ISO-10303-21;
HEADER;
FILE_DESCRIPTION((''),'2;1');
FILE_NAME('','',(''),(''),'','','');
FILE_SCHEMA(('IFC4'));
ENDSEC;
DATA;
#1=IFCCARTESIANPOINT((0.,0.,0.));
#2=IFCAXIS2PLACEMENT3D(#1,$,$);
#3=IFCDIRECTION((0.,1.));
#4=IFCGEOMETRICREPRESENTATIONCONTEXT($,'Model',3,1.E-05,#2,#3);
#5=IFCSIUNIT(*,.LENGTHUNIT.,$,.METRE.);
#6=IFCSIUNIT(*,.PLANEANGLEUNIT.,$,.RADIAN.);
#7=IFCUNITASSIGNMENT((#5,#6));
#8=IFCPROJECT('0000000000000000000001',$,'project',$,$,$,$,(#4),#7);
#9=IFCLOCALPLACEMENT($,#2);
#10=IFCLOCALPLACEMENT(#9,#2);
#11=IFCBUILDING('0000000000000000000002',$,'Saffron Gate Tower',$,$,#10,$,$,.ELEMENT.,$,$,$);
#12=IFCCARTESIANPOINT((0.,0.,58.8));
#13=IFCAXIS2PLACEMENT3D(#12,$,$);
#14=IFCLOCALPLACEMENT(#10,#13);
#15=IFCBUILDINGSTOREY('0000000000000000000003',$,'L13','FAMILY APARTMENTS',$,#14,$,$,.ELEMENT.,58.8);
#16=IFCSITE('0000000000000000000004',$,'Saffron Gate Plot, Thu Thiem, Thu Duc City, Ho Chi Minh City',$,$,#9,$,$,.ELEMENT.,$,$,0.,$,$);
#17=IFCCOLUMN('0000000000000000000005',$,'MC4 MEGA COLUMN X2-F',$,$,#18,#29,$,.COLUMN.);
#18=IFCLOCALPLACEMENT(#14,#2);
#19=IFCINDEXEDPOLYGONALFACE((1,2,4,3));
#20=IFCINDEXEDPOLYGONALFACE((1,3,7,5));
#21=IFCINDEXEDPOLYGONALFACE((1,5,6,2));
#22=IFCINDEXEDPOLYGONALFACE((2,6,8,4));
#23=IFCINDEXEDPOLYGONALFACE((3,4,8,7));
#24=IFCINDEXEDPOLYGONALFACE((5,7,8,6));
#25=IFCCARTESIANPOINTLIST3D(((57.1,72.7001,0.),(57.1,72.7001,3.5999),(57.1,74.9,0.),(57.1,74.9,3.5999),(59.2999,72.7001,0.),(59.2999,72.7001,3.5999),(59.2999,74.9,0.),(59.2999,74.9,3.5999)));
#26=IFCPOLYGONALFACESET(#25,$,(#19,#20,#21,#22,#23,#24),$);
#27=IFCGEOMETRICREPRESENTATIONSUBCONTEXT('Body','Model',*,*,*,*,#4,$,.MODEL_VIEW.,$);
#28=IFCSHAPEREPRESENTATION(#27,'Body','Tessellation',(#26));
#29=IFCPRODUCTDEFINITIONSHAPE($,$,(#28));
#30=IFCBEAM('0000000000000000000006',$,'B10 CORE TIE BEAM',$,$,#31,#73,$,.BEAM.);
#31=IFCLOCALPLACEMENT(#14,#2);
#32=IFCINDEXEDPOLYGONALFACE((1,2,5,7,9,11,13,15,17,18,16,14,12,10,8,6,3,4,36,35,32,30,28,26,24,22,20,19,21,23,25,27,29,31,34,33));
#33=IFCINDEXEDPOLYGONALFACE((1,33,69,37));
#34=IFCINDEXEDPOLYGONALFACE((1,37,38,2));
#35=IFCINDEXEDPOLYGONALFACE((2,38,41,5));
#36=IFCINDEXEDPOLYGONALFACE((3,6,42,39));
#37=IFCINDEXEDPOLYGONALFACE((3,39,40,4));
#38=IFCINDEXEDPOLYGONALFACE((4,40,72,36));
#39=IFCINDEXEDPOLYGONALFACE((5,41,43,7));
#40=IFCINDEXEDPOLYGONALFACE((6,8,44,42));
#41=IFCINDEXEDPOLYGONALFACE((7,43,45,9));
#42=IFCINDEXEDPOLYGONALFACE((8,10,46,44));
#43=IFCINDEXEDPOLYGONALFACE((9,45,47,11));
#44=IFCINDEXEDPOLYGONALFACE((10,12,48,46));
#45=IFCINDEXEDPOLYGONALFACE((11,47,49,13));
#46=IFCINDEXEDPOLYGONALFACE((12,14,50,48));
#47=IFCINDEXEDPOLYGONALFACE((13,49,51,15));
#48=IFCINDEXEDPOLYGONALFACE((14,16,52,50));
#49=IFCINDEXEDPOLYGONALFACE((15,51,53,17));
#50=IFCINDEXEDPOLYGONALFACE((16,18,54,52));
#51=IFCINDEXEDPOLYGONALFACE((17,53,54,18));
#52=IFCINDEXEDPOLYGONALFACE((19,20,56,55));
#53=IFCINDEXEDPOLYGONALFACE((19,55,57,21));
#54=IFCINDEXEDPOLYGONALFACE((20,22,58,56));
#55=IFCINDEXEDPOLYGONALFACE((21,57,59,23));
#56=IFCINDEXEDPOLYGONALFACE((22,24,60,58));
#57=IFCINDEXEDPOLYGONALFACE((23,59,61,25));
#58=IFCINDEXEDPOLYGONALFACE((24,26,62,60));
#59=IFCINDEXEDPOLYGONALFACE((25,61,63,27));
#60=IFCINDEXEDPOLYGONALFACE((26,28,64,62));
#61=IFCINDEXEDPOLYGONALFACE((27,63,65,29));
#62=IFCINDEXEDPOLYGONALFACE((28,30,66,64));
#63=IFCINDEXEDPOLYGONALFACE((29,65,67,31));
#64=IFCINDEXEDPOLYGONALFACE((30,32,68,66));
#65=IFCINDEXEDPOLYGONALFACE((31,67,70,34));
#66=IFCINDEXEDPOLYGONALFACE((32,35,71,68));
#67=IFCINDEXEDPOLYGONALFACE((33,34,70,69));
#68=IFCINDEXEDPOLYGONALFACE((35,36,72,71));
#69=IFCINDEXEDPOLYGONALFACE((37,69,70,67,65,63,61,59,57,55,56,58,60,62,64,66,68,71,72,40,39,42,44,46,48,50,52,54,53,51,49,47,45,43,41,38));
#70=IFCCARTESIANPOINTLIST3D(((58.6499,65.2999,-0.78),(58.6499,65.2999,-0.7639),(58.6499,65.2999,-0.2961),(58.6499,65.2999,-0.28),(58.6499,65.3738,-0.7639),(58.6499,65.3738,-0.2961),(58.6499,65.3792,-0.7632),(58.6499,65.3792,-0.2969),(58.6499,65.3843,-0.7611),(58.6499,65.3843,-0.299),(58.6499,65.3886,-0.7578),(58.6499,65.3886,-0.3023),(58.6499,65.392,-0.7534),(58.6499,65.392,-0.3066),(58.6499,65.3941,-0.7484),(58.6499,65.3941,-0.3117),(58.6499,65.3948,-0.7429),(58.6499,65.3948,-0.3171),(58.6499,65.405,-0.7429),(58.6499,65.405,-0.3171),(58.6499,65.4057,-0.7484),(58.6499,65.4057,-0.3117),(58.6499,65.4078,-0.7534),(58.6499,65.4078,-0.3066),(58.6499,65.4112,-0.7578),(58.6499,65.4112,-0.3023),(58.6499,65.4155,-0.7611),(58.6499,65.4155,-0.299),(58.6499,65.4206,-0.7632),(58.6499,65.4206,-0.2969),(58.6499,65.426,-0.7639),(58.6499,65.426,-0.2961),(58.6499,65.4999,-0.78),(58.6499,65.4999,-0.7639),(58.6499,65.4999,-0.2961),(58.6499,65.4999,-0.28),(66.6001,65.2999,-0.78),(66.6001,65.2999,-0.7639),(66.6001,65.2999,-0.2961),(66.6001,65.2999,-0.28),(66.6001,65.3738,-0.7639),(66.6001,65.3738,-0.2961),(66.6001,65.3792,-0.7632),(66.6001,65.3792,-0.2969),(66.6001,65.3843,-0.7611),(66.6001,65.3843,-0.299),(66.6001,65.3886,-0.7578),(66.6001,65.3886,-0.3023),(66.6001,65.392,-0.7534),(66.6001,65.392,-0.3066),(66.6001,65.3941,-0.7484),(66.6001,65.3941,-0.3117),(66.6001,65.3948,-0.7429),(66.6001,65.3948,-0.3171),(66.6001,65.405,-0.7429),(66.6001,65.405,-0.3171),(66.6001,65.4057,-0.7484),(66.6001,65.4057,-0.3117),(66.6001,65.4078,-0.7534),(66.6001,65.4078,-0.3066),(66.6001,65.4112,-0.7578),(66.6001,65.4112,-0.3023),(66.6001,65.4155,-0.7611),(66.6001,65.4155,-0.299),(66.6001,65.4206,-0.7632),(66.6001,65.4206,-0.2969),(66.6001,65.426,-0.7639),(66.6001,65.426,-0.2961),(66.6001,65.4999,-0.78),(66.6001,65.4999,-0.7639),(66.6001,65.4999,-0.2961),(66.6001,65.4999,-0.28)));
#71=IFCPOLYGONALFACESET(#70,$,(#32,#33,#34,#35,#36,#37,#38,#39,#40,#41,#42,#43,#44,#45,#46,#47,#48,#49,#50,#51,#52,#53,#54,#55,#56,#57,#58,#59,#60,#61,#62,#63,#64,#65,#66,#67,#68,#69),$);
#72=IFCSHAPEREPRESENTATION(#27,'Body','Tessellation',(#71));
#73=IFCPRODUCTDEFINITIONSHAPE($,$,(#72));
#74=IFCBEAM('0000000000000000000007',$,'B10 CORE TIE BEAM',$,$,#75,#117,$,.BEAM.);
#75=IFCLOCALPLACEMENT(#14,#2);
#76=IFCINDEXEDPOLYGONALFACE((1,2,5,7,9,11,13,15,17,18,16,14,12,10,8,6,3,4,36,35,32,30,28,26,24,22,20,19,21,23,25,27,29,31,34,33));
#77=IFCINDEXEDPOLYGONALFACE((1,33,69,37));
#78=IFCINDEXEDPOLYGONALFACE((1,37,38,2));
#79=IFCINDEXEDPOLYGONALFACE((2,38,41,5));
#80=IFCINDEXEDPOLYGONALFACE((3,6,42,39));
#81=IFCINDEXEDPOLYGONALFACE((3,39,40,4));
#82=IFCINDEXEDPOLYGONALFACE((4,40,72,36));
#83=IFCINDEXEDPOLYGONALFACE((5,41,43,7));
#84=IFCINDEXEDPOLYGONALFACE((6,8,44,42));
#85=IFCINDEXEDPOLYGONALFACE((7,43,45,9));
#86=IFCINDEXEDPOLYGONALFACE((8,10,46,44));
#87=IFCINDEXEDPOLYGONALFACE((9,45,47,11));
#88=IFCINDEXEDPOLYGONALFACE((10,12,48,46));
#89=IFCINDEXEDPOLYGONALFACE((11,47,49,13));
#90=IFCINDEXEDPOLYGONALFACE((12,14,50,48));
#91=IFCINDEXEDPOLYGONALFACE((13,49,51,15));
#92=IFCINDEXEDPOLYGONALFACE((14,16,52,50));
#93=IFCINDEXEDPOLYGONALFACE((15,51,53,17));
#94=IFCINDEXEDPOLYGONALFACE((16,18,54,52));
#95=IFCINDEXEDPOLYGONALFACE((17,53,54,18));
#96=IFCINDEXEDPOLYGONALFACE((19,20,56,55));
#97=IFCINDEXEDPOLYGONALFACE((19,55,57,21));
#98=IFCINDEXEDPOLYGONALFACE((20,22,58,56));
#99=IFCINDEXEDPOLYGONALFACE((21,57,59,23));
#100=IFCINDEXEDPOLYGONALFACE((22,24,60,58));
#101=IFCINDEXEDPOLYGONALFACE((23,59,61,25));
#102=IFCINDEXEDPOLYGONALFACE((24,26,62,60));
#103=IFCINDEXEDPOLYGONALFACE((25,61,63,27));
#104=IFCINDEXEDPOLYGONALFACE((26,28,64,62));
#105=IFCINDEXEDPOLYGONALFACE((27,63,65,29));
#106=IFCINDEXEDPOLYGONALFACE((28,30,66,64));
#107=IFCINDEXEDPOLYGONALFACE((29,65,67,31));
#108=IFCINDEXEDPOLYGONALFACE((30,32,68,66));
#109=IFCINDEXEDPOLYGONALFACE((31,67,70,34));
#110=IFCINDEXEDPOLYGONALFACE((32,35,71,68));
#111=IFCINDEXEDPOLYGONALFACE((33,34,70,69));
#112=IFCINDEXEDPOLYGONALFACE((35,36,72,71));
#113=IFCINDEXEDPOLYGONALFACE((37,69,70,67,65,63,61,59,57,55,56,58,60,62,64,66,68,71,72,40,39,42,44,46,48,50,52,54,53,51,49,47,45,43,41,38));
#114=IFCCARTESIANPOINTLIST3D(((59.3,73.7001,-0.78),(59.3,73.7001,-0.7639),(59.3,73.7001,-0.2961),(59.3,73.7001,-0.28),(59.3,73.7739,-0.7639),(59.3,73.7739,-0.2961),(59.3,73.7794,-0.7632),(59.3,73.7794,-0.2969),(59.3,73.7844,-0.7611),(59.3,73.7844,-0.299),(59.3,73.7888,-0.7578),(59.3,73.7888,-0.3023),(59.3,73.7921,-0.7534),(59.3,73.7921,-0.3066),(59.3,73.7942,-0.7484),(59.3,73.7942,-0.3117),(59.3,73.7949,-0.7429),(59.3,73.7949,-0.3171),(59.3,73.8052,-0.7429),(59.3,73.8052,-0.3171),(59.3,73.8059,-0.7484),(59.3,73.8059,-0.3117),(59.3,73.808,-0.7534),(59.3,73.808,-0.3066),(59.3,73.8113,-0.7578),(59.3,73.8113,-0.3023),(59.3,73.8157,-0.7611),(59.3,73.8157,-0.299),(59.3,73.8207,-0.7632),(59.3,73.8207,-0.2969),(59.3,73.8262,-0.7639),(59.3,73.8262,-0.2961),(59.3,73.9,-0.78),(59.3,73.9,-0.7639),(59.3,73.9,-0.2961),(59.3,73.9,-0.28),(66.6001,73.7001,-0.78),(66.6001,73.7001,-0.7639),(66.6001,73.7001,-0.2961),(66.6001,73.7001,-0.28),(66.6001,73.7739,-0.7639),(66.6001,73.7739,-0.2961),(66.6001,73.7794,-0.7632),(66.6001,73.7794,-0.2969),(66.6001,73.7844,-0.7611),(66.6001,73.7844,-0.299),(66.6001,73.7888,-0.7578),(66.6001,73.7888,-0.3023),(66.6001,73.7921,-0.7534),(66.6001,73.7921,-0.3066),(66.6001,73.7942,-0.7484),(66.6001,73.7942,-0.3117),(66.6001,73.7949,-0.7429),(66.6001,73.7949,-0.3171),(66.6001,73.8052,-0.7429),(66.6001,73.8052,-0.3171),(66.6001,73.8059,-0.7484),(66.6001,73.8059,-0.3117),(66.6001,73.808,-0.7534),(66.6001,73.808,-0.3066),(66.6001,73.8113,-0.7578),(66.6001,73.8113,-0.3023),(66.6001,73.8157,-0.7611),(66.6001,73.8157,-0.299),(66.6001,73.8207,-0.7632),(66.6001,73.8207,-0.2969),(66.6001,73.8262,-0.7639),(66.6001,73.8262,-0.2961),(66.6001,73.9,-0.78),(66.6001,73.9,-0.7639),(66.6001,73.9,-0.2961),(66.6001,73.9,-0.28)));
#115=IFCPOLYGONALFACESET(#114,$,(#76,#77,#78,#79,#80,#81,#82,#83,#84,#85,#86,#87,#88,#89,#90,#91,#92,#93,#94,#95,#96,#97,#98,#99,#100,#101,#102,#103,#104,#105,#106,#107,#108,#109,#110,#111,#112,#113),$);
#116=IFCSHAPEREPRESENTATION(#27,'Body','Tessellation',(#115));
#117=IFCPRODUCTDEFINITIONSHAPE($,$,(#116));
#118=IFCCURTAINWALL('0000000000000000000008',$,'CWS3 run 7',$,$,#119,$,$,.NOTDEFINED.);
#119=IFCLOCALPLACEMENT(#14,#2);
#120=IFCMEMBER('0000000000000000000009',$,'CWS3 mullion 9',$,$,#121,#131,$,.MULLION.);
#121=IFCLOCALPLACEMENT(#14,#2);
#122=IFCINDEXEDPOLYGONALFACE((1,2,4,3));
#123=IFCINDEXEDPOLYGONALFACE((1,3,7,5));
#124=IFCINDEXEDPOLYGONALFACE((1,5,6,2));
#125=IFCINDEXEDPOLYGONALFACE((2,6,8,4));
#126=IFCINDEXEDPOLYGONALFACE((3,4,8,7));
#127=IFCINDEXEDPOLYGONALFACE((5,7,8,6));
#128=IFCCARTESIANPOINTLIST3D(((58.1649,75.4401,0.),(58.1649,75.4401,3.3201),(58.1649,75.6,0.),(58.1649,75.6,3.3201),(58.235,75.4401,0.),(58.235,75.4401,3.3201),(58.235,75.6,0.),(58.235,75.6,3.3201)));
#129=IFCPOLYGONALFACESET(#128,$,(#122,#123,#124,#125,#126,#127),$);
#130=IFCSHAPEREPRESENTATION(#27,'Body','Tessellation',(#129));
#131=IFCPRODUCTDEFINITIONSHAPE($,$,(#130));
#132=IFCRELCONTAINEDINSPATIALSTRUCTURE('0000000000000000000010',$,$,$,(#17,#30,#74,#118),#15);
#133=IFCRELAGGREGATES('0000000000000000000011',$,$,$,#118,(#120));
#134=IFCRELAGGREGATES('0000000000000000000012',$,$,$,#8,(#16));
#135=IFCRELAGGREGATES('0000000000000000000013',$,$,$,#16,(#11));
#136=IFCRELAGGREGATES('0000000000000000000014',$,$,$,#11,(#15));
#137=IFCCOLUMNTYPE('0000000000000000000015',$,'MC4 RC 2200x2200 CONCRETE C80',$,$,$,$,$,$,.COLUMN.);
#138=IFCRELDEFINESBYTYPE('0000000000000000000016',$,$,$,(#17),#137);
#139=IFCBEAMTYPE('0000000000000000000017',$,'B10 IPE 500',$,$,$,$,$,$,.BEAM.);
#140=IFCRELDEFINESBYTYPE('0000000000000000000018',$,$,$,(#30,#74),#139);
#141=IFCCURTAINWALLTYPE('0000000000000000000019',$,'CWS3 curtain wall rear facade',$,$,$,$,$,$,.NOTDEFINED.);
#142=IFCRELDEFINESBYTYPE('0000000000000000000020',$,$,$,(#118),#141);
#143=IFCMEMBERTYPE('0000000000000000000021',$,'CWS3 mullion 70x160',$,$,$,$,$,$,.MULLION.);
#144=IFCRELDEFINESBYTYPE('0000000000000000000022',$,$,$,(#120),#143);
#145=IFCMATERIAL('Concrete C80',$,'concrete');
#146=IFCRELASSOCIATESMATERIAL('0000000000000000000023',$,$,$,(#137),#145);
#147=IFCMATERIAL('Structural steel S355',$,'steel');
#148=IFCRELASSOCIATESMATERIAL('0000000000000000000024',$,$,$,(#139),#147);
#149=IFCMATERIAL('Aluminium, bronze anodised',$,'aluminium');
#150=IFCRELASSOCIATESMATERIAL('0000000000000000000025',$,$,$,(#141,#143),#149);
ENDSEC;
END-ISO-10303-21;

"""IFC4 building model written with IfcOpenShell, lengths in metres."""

from ifc_helpers import new_model, si_unit, direction, frame, origin, origin_2d, place, context, subcontext, project, spatial, rectangle, i_section, extrude, material, material_profile, profile_set, type_object, element, aggregate, save


model = new_model("IFC4")

# Units and contexts
model_context = context("Model", 3, precision=1e-05, world=origin(), true_north=direction((0.0, 1.0)))
body_context = subcontext(model_context, "Body", "Model", "MODEL_VIEW")
ifc_project = project(units=[si_unit("LENGTHUNIT", "METRE"), si_unit("PLANEANGLEUNIT", "RADIAN")], contexts=[model_context])

# Site, building, storey
site_placement = place(None, origin())
site = spatial("IfcSite", under=ifc_project, at=site_placement, Name="Saffron Gate Plot, Thu Thiem, Thu Duc City, Ho Chi Minh City", CompositionType="ELEMENT", RefElevation=0.0)
building_placement = place(site_placement, origin())
building = spatial("IfcBuilding", under=site, at=building_placement, Name="Saffron Gate Tower", CompositionType="ELEMENT")
storey_placement = place(building_placement, frame((0.0, 0.0, 58.8)))
storey = spatial("IfcBuildingStorey", under=building, at=storey_placement, Name="L13", Description="FAMILY APARTMENTS", CompositionType="ELEMENT", Elevation=58.8)

# Column
ifc_material_1 = material(Name="Concrete C80", Category="concrete")
ifc_material_profile_1 = material_profile(ifc_material_1, rectangle(XDim=2.2, YDim=2.2, at=origin_2d()))
ifc_profile_set_1 = profile_set([ifc_material_profile_1], Name="Concrete C80")
column_type = type_object("IfcColumnType", Name="MC4 RC 2200x2200 CONCRETE C80", PredefinedType="COLUMN", material=ifc_profile_set_1)
column_placement = place(storey_placement, frame((58.2, 73.8, 0.0), z_axis=(0.0, 0.0, 1.0), x_axis=(1.0, 0.0, 0.0)))
element("IfcColumn", 1, at=column_placement, inside=storey, type_object=column_type, Name="MC4 MEGA COLUMN X2-F", PredefinedType="COLUMN", context=body_context, shape_type="SweptSolid", body=[
    extrude(rectangle(XDim=2.2, YDim=2.2, at=origin_2d()), origin(), (0.0, 0.0, 1.0), 3.5999),
])

# Beams
ifc_material_2 = material(Name="Structural steel S355", Category="steel")
ifc_material_profile_2 = material_profile(ifc_material_2, i_section(OverallWidth=0.2, OverallDepth=0.5, WebThickness=0.0103, FlangeThickness=0.0161, FilletRadius=0.021, at=origin_2d()))
ifc_profile_set_2 = profile_set([ifc_material_profile_2], Name="Structural steel S355")
beam_type = type_object("IfcBeamType", Name="B10 IPE 500", PredefinedType="BEAM", material=ifc_profile_set_2)
beam_1_placement = place(storey_placement, frame((58.6499, 65.3999, -0.53), z_axis=(1.0, 0.0, 0.0), x_axis=(0.0, 1.0, 0.0)))
element("IfcBeam", 2, at=beam_1_placement, inside=storey, type_object=beam_type, Name="B10 CORE TIE BEAM", PredefinedType="BEAM", context=body_context, shape_type="SweptSolid", body=[
    extrude(i_section(OverallWidth=0.2, OverallDepth=0.5, WebThickness=0.0103, FlangeThickness=0.0161, FilletRadius=0.021, at=origin_2d()), origin(), (0.0, 0.0, 1.0), 7.9502),
])
beam_2_placement = place(storey_placement, frame((59.3, 73.8, -0.53), z_axis=(1.0, 0.0, 0.0), x_axis=(0.0, 1.0, 0.0)))
element("IfcBeam", 3, at=beam_2_placement, inside=storey, type_object=beam_type, Name="B10 CORE TIE BEAM", PredefinedType="BEAM", context=body_context, shape_type="SweptSolid", body=[
    extrude(i_section(OverallWidth=0.2, OverallDepth=0.5, WebThickness=0.0103, FlangeThickness=0.0161, FilletRadius=0.021, at=origin_2d()), origin(), (0.0, 0.0, 1.0), 7.3),
])

# Curtain wall, member
ifc_material_3 = material(Name="Aluminium, bronze anodised", Category="aluminium")
curtain_wall_type = type_object("IfcCurtainWallType", Name="CWS3 curtain wall rear facade", PredefinedType="NOTDEFINED", material=ifc_material_3)
curtain_wall_placement = place(storey_placement, origin())
curtain_wall = element("IfcCurtainWall", 4, at=curtain_wall_placement, inside=storey, type_object=curtain_wall_type, Name="CWS3 run 7", PredefinedType="NOTDEFINED")
ifc_material_profile_3 = material_profile(ifc_material_3, rectangle(XDim=0.1599, YDim=0.0701, at=origin_2d()))
ifc_profile_set_3 = profile_set([ifc_material_profile_3], Name="Aluminium, bronze anodised")
member_type = type_object("IfcMemberType", Name="CWS3 mullion 70x160", PredefinedType="MULLION", material=ifc_profile_set_3)
member_placement = place(storey_placement, frame((58.2, 75.52, 0.0), z_axis=(0.0, 0.0, 1.0), x_axis=(0.0, -1.0, 0.0)))
member = element("IfcMember", 5, at=member_placement, type_object=member_type, Name="CWS3 mullion 9", PredefinedType="MULLION", context=body_context, shape_type="SweptSolid", body=[
    extrude(rectangle(XDim=0.1599, YDim=0.0701, at=origin_2d()), origin(), (0.0, 0.0, 1.0), 3.3201),
])
aggregate(curtain_wall, [member])

save(model, "model.ifc")
